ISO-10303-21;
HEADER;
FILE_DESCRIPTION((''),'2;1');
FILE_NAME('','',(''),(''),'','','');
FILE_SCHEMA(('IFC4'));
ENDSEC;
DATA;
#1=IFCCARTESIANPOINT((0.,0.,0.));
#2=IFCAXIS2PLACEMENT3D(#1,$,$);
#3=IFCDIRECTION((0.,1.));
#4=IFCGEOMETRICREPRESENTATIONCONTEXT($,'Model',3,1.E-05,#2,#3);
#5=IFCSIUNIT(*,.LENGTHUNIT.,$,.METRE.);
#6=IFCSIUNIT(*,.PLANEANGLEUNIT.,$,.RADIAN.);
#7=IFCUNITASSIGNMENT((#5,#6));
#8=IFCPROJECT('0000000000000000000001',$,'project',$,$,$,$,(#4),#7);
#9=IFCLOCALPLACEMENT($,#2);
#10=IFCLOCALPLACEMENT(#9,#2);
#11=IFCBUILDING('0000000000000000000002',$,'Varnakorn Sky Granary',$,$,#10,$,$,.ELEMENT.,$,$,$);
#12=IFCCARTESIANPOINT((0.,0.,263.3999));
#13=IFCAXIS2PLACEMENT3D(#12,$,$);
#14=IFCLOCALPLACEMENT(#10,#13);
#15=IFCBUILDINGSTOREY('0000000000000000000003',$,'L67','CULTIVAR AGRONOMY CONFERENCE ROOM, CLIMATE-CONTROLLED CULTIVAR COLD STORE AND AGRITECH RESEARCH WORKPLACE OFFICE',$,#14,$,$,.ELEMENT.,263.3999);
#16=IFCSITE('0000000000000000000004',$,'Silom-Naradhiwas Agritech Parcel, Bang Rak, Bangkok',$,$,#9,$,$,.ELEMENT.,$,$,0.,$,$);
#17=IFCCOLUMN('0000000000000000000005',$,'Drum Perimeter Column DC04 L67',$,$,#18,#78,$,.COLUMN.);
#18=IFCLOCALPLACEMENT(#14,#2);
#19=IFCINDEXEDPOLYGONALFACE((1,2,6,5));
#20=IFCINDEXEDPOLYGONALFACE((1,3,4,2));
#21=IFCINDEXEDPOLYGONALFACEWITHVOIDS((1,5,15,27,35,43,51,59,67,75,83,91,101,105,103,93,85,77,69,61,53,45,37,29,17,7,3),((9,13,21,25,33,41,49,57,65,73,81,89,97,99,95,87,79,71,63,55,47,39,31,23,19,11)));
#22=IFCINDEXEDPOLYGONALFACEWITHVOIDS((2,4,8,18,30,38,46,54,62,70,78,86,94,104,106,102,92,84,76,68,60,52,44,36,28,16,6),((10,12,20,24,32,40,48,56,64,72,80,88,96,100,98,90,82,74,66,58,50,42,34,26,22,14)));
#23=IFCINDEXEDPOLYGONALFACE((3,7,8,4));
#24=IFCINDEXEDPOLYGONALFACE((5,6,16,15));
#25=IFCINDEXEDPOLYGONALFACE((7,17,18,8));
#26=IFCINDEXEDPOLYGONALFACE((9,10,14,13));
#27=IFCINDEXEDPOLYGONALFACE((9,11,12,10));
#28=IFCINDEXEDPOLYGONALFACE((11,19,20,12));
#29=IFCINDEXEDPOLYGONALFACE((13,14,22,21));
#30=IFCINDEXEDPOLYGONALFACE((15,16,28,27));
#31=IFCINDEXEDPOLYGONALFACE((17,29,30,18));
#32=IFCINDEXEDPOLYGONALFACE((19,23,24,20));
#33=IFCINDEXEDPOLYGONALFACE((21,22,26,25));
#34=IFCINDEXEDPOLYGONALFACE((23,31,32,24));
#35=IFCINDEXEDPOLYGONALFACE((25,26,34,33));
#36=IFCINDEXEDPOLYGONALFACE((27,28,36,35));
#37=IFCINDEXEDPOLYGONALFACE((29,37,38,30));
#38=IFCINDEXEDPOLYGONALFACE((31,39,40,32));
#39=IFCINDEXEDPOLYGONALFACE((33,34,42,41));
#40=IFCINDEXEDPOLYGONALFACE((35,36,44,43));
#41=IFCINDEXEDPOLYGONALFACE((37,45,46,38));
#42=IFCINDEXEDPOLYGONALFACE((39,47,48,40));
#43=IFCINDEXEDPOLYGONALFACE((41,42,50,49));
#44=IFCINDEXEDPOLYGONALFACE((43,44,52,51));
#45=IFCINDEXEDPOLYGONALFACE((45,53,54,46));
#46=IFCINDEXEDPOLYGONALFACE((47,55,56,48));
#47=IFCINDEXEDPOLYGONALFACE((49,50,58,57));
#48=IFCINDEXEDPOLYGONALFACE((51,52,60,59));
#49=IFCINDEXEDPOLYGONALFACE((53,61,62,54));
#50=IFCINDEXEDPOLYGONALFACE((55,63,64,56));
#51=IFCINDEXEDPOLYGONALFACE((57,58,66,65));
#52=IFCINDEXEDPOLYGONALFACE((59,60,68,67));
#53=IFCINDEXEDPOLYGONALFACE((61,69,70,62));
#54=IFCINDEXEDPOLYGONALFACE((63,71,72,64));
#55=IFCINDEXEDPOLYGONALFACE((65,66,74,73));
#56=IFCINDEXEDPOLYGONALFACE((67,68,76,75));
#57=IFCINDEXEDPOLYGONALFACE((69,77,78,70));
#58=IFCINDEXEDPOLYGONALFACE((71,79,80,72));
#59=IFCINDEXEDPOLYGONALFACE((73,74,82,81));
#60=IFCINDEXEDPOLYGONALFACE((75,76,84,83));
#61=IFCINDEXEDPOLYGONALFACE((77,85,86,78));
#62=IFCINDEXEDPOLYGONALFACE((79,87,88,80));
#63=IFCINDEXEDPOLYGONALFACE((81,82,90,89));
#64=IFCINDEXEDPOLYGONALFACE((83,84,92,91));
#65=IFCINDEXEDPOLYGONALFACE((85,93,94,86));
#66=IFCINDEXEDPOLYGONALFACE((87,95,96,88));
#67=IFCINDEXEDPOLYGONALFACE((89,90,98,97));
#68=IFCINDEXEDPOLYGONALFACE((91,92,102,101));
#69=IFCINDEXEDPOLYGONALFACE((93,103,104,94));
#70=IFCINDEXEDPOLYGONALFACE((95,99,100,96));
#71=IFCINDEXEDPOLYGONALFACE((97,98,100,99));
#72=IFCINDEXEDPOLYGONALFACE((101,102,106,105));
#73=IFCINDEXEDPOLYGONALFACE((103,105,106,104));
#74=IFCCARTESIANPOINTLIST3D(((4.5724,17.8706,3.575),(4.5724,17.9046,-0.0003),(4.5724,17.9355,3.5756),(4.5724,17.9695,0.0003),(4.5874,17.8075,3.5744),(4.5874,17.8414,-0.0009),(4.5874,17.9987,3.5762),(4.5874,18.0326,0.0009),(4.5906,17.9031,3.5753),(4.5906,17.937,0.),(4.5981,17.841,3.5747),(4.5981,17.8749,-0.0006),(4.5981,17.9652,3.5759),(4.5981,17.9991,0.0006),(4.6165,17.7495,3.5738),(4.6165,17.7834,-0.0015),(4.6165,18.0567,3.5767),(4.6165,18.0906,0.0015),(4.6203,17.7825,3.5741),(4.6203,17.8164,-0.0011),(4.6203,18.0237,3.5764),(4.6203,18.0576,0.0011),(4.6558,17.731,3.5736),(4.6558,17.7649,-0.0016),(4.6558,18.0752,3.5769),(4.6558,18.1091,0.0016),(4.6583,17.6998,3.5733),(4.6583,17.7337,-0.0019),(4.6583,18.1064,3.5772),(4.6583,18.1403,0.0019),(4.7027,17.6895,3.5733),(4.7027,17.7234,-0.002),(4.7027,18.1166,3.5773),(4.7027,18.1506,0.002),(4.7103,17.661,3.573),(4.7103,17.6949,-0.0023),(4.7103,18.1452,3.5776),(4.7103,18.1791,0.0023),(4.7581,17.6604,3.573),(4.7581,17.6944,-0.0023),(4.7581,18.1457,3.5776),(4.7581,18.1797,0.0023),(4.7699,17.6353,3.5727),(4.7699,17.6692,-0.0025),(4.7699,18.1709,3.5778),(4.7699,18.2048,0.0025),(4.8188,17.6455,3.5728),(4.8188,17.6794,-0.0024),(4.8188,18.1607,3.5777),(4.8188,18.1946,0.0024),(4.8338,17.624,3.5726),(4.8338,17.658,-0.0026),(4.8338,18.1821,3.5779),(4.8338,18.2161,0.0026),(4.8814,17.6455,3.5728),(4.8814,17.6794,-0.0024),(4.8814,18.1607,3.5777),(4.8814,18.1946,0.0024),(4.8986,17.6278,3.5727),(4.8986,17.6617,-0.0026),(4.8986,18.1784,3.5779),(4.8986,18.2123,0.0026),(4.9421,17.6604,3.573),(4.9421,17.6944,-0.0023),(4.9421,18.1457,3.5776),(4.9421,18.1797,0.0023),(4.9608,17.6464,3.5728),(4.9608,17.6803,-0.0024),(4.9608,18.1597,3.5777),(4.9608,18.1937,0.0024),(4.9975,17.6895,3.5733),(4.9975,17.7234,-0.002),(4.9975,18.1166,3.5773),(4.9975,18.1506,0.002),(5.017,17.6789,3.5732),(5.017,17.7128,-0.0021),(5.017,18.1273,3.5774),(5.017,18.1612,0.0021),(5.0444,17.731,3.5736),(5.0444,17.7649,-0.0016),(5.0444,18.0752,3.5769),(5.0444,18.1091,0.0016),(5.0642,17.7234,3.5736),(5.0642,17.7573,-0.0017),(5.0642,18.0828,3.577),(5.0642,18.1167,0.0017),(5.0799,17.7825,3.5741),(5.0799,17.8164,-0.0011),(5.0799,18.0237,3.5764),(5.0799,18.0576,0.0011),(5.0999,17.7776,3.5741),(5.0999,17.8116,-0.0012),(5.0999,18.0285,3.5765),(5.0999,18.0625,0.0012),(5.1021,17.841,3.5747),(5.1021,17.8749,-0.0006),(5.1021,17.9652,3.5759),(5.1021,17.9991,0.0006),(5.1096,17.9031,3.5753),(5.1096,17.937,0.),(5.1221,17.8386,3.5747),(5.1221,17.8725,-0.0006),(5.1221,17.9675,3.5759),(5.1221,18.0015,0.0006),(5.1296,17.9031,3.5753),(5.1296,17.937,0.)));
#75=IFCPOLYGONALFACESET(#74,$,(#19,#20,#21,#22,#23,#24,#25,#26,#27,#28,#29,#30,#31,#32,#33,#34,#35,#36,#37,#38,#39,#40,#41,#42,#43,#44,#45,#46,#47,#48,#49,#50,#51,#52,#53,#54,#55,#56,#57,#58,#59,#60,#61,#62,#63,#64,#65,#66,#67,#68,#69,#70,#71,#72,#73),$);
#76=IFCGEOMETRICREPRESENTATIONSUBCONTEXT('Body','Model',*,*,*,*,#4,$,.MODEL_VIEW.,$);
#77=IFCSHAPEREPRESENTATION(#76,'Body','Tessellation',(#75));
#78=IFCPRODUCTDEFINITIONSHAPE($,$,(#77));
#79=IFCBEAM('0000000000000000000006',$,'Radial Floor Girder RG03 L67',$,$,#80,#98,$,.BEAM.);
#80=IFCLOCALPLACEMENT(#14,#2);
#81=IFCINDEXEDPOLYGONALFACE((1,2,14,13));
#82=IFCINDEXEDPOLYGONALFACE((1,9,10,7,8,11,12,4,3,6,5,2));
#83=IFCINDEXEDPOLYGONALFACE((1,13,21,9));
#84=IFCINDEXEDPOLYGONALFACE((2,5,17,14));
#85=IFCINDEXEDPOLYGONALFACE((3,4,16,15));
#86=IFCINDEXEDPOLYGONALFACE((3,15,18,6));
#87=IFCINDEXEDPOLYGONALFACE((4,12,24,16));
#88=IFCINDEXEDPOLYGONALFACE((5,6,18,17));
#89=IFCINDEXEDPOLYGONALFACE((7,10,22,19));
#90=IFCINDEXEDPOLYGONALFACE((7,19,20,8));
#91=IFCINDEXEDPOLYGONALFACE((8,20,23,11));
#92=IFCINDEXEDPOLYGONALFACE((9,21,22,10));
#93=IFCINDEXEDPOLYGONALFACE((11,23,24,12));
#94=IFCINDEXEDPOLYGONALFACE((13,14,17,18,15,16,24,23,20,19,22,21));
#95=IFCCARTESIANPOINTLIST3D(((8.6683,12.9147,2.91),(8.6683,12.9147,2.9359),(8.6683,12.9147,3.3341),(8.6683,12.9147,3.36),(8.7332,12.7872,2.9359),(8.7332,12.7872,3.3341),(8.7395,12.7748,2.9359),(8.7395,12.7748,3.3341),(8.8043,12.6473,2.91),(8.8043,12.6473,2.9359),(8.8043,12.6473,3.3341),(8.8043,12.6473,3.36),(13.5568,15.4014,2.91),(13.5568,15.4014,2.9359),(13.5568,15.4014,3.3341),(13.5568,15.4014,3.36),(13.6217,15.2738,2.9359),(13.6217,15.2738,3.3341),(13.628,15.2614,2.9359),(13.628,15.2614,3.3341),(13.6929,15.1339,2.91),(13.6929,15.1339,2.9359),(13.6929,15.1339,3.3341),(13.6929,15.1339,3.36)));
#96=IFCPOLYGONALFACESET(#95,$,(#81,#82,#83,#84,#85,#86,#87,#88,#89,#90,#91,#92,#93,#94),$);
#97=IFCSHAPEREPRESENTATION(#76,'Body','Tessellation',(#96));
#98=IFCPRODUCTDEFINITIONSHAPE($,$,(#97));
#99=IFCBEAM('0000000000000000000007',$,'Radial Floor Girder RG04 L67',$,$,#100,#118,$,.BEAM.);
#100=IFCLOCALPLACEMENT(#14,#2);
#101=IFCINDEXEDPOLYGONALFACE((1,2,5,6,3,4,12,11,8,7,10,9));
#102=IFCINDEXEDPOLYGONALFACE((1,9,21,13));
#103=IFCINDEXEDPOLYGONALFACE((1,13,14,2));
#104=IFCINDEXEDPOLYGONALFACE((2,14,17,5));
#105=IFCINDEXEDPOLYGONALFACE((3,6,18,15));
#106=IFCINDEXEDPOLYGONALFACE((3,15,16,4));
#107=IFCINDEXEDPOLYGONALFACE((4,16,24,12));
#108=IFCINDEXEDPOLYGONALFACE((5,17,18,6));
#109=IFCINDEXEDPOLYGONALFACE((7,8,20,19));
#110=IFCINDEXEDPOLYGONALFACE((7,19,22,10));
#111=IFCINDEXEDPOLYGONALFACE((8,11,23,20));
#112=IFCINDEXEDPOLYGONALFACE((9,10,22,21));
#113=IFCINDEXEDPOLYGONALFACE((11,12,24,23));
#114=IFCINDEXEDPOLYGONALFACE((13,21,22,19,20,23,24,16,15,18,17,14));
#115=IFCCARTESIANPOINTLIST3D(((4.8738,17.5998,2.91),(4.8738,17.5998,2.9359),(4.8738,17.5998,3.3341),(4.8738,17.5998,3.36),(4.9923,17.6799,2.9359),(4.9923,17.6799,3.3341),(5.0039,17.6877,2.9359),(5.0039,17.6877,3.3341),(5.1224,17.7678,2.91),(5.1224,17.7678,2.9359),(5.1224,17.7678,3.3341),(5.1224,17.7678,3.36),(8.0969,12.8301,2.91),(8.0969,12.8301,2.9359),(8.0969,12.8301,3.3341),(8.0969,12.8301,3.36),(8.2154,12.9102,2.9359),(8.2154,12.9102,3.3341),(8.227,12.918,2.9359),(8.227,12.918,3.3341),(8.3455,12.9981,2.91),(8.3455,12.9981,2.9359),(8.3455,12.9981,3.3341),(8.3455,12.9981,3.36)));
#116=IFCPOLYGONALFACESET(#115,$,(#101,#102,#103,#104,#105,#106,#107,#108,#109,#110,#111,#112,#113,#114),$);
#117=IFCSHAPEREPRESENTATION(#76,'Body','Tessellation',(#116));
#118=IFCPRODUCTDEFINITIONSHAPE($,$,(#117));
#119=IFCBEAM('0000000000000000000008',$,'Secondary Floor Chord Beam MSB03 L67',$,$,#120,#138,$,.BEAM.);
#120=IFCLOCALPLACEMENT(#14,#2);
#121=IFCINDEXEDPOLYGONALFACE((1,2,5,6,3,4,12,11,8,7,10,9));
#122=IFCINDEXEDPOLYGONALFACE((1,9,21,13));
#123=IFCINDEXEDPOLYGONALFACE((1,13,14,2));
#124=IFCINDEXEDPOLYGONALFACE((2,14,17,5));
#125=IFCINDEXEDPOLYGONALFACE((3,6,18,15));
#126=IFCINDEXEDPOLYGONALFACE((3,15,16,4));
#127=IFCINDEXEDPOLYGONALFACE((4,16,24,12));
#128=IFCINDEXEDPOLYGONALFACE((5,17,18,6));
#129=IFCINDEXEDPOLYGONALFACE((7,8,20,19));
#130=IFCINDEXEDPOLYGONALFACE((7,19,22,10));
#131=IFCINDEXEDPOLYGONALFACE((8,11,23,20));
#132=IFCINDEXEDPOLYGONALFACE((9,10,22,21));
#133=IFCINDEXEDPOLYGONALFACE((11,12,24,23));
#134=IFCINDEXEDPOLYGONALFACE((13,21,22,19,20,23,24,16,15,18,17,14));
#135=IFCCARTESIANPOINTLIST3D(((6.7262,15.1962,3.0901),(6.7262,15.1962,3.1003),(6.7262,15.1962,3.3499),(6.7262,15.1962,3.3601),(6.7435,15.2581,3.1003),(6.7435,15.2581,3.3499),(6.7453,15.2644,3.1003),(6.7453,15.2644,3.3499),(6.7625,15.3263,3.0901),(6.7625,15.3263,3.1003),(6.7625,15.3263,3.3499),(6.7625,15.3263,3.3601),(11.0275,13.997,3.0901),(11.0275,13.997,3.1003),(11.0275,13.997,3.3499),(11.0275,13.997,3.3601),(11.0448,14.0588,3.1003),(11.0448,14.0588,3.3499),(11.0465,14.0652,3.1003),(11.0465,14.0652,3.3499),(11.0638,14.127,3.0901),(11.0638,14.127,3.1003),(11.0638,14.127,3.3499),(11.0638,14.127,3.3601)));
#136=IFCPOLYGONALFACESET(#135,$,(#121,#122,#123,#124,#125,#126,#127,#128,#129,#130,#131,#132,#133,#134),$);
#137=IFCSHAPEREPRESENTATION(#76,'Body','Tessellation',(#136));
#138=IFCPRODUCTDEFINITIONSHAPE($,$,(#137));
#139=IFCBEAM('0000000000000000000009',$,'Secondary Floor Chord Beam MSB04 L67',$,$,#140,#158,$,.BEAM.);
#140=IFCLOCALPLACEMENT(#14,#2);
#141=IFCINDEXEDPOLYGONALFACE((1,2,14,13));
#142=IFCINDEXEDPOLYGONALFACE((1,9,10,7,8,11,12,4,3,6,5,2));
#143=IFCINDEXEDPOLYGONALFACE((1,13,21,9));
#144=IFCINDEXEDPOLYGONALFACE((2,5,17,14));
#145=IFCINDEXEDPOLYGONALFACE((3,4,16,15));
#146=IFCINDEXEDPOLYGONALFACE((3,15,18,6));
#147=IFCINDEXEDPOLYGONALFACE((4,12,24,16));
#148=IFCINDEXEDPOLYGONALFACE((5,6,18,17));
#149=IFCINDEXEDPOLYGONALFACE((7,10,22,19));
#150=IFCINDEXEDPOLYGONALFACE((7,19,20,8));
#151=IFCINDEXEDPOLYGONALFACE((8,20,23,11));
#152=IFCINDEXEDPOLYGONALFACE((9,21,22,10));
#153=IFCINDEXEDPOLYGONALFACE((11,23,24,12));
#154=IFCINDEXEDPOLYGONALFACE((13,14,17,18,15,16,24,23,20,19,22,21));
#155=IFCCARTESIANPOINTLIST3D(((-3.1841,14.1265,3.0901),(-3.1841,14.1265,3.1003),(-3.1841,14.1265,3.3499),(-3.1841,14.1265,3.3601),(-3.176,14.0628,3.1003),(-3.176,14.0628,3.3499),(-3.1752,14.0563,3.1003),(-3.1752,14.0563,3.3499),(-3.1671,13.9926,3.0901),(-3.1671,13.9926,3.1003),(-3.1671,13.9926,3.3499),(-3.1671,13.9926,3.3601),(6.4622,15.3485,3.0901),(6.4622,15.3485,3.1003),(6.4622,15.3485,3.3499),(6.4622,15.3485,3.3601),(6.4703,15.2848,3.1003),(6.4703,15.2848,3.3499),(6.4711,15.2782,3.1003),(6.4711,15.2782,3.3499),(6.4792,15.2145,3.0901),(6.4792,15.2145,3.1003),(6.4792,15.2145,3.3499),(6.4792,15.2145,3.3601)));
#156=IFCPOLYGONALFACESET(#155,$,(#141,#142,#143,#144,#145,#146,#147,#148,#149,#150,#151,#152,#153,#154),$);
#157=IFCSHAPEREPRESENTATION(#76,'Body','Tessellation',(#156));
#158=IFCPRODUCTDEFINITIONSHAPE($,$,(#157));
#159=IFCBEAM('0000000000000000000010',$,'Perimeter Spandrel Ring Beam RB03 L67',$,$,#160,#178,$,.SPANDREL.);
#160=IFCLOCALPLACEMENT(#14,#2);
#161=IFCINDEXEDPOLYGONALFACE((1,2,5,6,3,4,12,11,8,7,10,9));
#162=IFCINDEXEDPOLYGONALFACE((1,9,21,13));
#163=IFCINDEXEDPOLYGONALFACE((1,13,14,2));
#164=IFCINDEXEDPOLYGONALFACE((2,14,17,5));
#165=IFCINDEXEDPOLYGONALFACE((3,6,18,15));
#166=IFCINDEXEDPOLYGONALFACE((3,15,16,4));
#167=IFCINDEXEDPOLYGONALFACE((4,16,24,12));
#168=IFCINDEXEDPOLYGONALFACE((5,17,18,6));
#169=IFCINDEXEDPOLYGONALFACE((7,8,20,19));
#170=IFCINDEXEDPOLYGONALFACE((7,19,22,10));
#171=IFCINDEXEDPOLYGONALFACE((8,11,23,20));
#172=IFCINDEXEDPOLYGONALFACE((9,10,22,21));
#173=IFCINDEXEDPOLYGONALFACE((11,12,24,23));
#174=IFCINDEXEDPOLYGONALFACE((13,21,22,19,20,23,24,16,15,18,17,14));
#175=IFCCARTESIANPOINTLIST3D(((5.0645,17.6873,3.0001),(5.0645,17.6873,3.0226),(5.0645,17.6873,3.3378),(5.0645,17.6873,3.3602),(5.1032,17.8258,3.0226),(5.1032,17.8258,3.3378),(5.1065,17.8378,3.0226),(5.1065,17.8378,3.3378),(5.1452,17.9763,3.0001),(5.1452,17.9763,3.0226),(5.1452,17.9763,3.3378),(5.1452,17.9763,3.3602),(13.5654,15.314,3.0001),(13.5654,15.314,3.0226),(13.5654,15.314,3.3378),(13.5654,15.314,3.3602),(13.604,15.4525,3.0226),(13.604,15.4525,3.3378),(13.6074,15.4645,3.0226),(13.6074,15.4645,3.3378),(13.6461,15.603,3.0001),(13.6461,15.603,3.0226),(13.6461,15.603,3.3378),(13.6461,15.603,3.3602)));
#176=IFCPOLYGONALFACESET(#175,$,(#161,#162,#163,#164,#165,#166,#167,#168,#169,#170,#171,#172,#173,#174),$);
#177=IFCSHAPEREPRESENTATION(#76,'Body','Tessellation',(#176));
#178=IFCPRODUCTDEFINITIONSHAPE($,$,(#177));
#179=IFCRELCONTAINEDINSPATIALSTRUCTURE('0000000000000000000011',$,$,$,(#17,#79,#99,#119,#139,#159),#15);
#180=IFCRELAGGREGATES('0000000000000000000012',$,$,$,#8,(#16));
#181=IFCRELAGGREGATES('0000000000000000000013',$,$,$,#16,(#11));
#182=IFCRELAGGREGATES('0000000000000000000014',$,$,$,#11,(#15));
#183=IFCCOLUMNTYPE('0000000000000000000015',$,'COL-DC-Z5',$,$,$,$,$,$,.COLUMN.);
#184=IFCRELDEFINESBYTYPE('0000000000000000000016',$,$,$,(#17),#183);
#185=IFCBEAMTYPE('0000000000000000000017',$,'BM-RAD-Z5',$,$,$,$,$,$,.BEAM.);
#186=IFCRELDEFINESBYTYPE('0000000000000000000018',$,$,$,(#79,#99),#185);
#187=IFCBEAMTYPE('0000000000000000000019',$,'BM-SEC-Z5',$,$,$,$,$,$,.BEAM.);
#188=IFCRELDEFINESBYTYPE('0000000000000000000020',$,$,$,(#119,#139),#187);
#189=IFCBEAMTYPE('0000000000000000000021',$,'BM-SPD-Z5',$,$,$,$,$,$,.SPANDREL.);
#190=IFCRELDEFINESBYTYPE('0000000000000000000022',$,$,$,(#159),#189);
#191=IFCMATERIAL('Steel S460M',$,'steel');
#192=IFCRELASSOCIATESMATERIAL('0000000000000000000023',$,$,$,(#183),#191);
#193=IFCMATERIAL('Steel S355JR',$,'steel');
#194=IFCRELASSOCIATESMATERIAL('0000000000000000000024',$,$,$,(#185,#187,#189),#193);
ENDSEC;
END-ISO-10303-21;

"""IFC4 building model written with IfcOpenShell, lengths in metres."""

from ifc_helpers import new_model, si_unit, direction, frame, origin, origin_2d, place, context, subcontext, project, spatial, hollow_circle, i_section, extrude, material, material_profile, profile_set, type_object, element, save


model = new_model("IFC4")

# Units and contexts
model_context = context("Model", 3, precision=1e-05, world=origin(), true_north=direction((0.0, 1.0)))
body_context = subcontext(model_context, "Body", "Model", "MODEL_VIEW")
ifc_project = project(units=[si_unit("LENGTHUNIT", "METRE"), si_unit("PLANEANGLEUNIT", "RADIAN")], contexts=[model_context])

# Site, building, storey
site_placement = place(None, origin())
site = spatial("IfcSite", under=ifc_project, at=site_placement, Name="Silom-Naradhiwas Agritech Parcel, Bang Rak, Bangkok", CompositionType="ELEMENT", RefElevation=0.0)
building_placement = place(site_placement, origin())
building = spatial("IfcBuilding", under=site, at=building_placement, Name="Varnakorn Sky Granary", CompositionType="ELEMENT")
storey_placement = place(building_placement, frame((0.0, 0.0, 263.3999)))
storey = spatial("IfcBuildingStorey", under=building, at=storey_placement, Name="L67", Description="CULTIVAR AGRONOMY CONFERENCE ROOM, CLIMATE-CONTROLLED CULTIVAR COLD STORE AND AGRITECH RESEARCH WORKPLACE OFFICE", CompositionType="ELEMENT", Elevation=263.3999)

# Column
ifc_material_1 = material(Name="Steel S460M", Category="steel")
ifc_material_profile_1 = material_profile(ifc_material_1, hollow_circle(Radius=0.2795, WallThickness=0.02, at=origin_2d()), Name="CHS 559x20")
ifc_profile_set_1 = profile_set([ifc_material_profile_1], Name="Steel S460M")
column_type = type_object("IfcColumnType", Name="COL-DC-Z5", PredefinedType="COLUMN", material=ifc_profile_set_1)
column_placement = place(storey_placement, frame((4.8501, 17.937, 0.0), z_axis=(0.0, -0.009492, 0.999955), x_axis=(1.0, 0.0, 0.0)))
element("IfcColumn", 1, at=column_placement, inside=storey, type_object=column_type, Name="Drum Perimeter Column DC04 L67", PredefinedType="COLUMN", context=body_context, shape_type="SweptSolid", body=[
    extrude(hollow_circle(Radius=0.2795, WallThickness=0.02, at=origin_2d()), origin(), (0.0, 0.0, 1.0), 3.5754),
])

# Beams
ifc_material_2 = material(Name="Steel S355JR", Category="steel")
ifc_material_profile_2 = material_profile(ifc_material_2, i_section(OverallWidth=0.3, OverallDepth=0.45, WebThickness=0.0139, FlangeThickness=0.0259, at=origin_2d()), Name="HE 450 B")
ifc_profile_set_2 = profile_set([ifc_material_profile_2], Name="Steel S355JR")
beam_type_1 = type_object("IfcBeamType", Name="BM-RAD-Z5", PredefinedType="BEAM", material=ifc_profile_set_2)
beam_1_placement = place(storey_placement, frame((8.7363, 12.781, 3.135), z_axis=(0.891317, 0.453382, 0.0), x_axis=(-0.453382, 0.891317, 0.0)))
element("IfcBeam", 2, at=beam_1_placement, inside=storey, type_object=beam_type_1, Name="Radial Floor Girder RG03 L67", PredefinedType="BEAM", context=body_context, shape_type="SweptSolid", body=[
    extrude(i_section(OverallWidth=0.3, OverallDepth=0.45, WebThickness=0.0139, FlangeThickness=0.0259, at=origin_2d()), origin(), (0.0, 0.0, 1.0), 5.4846),
])
beam_2_placement = place(storey_placement, frame((8.2212, 12.9141, 3.135), z_axis=(-0.559896, 0.828563, 0.0), x_axis=(-0.828563, -0.559896, 0.0)))
element("IfcBeam", 3, at=beam_2_placement, inside=storey, type_object=beam_type_1, Name="Radial Floor Girder RG04 L67", PredefinedType="BEAM", context=body_context, shape_type="SweptSolid", body=[
    extrude(i_section(OverallWidth=0.3, OverallDepth=0.45, WebThickness=0.0139, FlangeThickness=0.0259, at=origin_2d()), origin(), (0.0, 0.0, 1.0), 5.7566),
])
ifc_material_profile_3 = material_profile(ifc_material_2, i_section(OverallWidth=0.135, OverallDepth=0.27, WebThickness=0.0066, FlangeThickness=0.0103, at=origin_2d()), Name="IPE 270")
ifc_profile_set_3 = profile_set([ifc_material_profile_3], Name="Steel S355JR")
beam_type_2 = type_object("IfcBeamType", Name="BM-SEC-Z5", PredefinedType="BEAM", material=ifc_profile_set_3)
beam_3_placement = place(storey_placement, frame((11.0457, 14.062, 3.2251), z_axis=(-0.963262, 0.268563, 0.0), x_axis=(-0.268563, -0.963262, 0.0)))
element("IfcBeam", 4, at=beam_3_placement, inside=storey, type_object=beam_type_2, Name="Secondary Floor Chord Beam MSB03 L67", PredefinedType="BEAM", context=body_context, shape_type="SweptSolid", body=[
    extrude(i_section(OverallWidth=0.135, OverallDepth=0.27, WebThickness=0.0066, FlangeThickness=0.0103, at=origin_2d()), origin(), (0.0, 0.0, 1.0), 4.4653),
])
beam_4_placement = place(storey_placement, frame((6.4707, 15.2815, 3.2251), z_axis=(-0.992072, -0.125669, 0.0), x_axis=(0.125669, -0.992072, 0.0)))
element("IfcBeam", 5, at=beam_4_placement, inside=storey, type_object=beam_type_2, Name="Secondary Floor Chord Beam MSB04 L67", PredefinedType="BEAM", context=body_context, shape_type="SweptSolid", body=[
    extrude(i_section(OverallWidth=0.135, OverallDepth=0.27, WebThickness=0.0066, FlangeThickness=0.0103, at=origin_2d()), origin(), (0.0, 0.0, 1.0), 9.7234),
])
ifc_material_profile_4 = material_profile(ifc_material_2, i_section(OverallWidth=0.3, OverallDepth=0.3601, WebThickness=0.0125, FlangeThickness=0.0225, at=origin_2d()), Name="HE 360 B")
ifc_profile_set_4 = profile_set([ifc_material_profile_4], Name="Steel S355JR")
beam_type_3 = type_object("IfcBeamType", Name="BM-SPD-Z5", PredefinedType="SPANDREL", material=ifc_profile_set_4)
for number, where, z_axis, x_axis, name in (
    (6, (13.6057, 15.4585, 3.1802), (-0.963169, 0.268896, 0.0), (-0.268896, -0.963169, 0.0), "Perimeter Spandrel Ring Beam RB03 L67"),
):
    element("IfcBeam", number, at=place(storey_placement, frame(where, z_axis=z_axis, x_axis=x_axis)), inside=storey, type_object=beam_type_3, Name=name, PredefinedType="SPANDREL", context=body_context, shape_type="SweptSolid", body=[
        extrude(i_section(OverallWidth=0.3, OverallDepth=0.3601, WebThickness=0.0125, FlangeThickness=0.0225, at=origin_2d()), origin(), (0.0, 0.0, 1.0), 8.8259),
    ])

save(model, "model.ifc")
